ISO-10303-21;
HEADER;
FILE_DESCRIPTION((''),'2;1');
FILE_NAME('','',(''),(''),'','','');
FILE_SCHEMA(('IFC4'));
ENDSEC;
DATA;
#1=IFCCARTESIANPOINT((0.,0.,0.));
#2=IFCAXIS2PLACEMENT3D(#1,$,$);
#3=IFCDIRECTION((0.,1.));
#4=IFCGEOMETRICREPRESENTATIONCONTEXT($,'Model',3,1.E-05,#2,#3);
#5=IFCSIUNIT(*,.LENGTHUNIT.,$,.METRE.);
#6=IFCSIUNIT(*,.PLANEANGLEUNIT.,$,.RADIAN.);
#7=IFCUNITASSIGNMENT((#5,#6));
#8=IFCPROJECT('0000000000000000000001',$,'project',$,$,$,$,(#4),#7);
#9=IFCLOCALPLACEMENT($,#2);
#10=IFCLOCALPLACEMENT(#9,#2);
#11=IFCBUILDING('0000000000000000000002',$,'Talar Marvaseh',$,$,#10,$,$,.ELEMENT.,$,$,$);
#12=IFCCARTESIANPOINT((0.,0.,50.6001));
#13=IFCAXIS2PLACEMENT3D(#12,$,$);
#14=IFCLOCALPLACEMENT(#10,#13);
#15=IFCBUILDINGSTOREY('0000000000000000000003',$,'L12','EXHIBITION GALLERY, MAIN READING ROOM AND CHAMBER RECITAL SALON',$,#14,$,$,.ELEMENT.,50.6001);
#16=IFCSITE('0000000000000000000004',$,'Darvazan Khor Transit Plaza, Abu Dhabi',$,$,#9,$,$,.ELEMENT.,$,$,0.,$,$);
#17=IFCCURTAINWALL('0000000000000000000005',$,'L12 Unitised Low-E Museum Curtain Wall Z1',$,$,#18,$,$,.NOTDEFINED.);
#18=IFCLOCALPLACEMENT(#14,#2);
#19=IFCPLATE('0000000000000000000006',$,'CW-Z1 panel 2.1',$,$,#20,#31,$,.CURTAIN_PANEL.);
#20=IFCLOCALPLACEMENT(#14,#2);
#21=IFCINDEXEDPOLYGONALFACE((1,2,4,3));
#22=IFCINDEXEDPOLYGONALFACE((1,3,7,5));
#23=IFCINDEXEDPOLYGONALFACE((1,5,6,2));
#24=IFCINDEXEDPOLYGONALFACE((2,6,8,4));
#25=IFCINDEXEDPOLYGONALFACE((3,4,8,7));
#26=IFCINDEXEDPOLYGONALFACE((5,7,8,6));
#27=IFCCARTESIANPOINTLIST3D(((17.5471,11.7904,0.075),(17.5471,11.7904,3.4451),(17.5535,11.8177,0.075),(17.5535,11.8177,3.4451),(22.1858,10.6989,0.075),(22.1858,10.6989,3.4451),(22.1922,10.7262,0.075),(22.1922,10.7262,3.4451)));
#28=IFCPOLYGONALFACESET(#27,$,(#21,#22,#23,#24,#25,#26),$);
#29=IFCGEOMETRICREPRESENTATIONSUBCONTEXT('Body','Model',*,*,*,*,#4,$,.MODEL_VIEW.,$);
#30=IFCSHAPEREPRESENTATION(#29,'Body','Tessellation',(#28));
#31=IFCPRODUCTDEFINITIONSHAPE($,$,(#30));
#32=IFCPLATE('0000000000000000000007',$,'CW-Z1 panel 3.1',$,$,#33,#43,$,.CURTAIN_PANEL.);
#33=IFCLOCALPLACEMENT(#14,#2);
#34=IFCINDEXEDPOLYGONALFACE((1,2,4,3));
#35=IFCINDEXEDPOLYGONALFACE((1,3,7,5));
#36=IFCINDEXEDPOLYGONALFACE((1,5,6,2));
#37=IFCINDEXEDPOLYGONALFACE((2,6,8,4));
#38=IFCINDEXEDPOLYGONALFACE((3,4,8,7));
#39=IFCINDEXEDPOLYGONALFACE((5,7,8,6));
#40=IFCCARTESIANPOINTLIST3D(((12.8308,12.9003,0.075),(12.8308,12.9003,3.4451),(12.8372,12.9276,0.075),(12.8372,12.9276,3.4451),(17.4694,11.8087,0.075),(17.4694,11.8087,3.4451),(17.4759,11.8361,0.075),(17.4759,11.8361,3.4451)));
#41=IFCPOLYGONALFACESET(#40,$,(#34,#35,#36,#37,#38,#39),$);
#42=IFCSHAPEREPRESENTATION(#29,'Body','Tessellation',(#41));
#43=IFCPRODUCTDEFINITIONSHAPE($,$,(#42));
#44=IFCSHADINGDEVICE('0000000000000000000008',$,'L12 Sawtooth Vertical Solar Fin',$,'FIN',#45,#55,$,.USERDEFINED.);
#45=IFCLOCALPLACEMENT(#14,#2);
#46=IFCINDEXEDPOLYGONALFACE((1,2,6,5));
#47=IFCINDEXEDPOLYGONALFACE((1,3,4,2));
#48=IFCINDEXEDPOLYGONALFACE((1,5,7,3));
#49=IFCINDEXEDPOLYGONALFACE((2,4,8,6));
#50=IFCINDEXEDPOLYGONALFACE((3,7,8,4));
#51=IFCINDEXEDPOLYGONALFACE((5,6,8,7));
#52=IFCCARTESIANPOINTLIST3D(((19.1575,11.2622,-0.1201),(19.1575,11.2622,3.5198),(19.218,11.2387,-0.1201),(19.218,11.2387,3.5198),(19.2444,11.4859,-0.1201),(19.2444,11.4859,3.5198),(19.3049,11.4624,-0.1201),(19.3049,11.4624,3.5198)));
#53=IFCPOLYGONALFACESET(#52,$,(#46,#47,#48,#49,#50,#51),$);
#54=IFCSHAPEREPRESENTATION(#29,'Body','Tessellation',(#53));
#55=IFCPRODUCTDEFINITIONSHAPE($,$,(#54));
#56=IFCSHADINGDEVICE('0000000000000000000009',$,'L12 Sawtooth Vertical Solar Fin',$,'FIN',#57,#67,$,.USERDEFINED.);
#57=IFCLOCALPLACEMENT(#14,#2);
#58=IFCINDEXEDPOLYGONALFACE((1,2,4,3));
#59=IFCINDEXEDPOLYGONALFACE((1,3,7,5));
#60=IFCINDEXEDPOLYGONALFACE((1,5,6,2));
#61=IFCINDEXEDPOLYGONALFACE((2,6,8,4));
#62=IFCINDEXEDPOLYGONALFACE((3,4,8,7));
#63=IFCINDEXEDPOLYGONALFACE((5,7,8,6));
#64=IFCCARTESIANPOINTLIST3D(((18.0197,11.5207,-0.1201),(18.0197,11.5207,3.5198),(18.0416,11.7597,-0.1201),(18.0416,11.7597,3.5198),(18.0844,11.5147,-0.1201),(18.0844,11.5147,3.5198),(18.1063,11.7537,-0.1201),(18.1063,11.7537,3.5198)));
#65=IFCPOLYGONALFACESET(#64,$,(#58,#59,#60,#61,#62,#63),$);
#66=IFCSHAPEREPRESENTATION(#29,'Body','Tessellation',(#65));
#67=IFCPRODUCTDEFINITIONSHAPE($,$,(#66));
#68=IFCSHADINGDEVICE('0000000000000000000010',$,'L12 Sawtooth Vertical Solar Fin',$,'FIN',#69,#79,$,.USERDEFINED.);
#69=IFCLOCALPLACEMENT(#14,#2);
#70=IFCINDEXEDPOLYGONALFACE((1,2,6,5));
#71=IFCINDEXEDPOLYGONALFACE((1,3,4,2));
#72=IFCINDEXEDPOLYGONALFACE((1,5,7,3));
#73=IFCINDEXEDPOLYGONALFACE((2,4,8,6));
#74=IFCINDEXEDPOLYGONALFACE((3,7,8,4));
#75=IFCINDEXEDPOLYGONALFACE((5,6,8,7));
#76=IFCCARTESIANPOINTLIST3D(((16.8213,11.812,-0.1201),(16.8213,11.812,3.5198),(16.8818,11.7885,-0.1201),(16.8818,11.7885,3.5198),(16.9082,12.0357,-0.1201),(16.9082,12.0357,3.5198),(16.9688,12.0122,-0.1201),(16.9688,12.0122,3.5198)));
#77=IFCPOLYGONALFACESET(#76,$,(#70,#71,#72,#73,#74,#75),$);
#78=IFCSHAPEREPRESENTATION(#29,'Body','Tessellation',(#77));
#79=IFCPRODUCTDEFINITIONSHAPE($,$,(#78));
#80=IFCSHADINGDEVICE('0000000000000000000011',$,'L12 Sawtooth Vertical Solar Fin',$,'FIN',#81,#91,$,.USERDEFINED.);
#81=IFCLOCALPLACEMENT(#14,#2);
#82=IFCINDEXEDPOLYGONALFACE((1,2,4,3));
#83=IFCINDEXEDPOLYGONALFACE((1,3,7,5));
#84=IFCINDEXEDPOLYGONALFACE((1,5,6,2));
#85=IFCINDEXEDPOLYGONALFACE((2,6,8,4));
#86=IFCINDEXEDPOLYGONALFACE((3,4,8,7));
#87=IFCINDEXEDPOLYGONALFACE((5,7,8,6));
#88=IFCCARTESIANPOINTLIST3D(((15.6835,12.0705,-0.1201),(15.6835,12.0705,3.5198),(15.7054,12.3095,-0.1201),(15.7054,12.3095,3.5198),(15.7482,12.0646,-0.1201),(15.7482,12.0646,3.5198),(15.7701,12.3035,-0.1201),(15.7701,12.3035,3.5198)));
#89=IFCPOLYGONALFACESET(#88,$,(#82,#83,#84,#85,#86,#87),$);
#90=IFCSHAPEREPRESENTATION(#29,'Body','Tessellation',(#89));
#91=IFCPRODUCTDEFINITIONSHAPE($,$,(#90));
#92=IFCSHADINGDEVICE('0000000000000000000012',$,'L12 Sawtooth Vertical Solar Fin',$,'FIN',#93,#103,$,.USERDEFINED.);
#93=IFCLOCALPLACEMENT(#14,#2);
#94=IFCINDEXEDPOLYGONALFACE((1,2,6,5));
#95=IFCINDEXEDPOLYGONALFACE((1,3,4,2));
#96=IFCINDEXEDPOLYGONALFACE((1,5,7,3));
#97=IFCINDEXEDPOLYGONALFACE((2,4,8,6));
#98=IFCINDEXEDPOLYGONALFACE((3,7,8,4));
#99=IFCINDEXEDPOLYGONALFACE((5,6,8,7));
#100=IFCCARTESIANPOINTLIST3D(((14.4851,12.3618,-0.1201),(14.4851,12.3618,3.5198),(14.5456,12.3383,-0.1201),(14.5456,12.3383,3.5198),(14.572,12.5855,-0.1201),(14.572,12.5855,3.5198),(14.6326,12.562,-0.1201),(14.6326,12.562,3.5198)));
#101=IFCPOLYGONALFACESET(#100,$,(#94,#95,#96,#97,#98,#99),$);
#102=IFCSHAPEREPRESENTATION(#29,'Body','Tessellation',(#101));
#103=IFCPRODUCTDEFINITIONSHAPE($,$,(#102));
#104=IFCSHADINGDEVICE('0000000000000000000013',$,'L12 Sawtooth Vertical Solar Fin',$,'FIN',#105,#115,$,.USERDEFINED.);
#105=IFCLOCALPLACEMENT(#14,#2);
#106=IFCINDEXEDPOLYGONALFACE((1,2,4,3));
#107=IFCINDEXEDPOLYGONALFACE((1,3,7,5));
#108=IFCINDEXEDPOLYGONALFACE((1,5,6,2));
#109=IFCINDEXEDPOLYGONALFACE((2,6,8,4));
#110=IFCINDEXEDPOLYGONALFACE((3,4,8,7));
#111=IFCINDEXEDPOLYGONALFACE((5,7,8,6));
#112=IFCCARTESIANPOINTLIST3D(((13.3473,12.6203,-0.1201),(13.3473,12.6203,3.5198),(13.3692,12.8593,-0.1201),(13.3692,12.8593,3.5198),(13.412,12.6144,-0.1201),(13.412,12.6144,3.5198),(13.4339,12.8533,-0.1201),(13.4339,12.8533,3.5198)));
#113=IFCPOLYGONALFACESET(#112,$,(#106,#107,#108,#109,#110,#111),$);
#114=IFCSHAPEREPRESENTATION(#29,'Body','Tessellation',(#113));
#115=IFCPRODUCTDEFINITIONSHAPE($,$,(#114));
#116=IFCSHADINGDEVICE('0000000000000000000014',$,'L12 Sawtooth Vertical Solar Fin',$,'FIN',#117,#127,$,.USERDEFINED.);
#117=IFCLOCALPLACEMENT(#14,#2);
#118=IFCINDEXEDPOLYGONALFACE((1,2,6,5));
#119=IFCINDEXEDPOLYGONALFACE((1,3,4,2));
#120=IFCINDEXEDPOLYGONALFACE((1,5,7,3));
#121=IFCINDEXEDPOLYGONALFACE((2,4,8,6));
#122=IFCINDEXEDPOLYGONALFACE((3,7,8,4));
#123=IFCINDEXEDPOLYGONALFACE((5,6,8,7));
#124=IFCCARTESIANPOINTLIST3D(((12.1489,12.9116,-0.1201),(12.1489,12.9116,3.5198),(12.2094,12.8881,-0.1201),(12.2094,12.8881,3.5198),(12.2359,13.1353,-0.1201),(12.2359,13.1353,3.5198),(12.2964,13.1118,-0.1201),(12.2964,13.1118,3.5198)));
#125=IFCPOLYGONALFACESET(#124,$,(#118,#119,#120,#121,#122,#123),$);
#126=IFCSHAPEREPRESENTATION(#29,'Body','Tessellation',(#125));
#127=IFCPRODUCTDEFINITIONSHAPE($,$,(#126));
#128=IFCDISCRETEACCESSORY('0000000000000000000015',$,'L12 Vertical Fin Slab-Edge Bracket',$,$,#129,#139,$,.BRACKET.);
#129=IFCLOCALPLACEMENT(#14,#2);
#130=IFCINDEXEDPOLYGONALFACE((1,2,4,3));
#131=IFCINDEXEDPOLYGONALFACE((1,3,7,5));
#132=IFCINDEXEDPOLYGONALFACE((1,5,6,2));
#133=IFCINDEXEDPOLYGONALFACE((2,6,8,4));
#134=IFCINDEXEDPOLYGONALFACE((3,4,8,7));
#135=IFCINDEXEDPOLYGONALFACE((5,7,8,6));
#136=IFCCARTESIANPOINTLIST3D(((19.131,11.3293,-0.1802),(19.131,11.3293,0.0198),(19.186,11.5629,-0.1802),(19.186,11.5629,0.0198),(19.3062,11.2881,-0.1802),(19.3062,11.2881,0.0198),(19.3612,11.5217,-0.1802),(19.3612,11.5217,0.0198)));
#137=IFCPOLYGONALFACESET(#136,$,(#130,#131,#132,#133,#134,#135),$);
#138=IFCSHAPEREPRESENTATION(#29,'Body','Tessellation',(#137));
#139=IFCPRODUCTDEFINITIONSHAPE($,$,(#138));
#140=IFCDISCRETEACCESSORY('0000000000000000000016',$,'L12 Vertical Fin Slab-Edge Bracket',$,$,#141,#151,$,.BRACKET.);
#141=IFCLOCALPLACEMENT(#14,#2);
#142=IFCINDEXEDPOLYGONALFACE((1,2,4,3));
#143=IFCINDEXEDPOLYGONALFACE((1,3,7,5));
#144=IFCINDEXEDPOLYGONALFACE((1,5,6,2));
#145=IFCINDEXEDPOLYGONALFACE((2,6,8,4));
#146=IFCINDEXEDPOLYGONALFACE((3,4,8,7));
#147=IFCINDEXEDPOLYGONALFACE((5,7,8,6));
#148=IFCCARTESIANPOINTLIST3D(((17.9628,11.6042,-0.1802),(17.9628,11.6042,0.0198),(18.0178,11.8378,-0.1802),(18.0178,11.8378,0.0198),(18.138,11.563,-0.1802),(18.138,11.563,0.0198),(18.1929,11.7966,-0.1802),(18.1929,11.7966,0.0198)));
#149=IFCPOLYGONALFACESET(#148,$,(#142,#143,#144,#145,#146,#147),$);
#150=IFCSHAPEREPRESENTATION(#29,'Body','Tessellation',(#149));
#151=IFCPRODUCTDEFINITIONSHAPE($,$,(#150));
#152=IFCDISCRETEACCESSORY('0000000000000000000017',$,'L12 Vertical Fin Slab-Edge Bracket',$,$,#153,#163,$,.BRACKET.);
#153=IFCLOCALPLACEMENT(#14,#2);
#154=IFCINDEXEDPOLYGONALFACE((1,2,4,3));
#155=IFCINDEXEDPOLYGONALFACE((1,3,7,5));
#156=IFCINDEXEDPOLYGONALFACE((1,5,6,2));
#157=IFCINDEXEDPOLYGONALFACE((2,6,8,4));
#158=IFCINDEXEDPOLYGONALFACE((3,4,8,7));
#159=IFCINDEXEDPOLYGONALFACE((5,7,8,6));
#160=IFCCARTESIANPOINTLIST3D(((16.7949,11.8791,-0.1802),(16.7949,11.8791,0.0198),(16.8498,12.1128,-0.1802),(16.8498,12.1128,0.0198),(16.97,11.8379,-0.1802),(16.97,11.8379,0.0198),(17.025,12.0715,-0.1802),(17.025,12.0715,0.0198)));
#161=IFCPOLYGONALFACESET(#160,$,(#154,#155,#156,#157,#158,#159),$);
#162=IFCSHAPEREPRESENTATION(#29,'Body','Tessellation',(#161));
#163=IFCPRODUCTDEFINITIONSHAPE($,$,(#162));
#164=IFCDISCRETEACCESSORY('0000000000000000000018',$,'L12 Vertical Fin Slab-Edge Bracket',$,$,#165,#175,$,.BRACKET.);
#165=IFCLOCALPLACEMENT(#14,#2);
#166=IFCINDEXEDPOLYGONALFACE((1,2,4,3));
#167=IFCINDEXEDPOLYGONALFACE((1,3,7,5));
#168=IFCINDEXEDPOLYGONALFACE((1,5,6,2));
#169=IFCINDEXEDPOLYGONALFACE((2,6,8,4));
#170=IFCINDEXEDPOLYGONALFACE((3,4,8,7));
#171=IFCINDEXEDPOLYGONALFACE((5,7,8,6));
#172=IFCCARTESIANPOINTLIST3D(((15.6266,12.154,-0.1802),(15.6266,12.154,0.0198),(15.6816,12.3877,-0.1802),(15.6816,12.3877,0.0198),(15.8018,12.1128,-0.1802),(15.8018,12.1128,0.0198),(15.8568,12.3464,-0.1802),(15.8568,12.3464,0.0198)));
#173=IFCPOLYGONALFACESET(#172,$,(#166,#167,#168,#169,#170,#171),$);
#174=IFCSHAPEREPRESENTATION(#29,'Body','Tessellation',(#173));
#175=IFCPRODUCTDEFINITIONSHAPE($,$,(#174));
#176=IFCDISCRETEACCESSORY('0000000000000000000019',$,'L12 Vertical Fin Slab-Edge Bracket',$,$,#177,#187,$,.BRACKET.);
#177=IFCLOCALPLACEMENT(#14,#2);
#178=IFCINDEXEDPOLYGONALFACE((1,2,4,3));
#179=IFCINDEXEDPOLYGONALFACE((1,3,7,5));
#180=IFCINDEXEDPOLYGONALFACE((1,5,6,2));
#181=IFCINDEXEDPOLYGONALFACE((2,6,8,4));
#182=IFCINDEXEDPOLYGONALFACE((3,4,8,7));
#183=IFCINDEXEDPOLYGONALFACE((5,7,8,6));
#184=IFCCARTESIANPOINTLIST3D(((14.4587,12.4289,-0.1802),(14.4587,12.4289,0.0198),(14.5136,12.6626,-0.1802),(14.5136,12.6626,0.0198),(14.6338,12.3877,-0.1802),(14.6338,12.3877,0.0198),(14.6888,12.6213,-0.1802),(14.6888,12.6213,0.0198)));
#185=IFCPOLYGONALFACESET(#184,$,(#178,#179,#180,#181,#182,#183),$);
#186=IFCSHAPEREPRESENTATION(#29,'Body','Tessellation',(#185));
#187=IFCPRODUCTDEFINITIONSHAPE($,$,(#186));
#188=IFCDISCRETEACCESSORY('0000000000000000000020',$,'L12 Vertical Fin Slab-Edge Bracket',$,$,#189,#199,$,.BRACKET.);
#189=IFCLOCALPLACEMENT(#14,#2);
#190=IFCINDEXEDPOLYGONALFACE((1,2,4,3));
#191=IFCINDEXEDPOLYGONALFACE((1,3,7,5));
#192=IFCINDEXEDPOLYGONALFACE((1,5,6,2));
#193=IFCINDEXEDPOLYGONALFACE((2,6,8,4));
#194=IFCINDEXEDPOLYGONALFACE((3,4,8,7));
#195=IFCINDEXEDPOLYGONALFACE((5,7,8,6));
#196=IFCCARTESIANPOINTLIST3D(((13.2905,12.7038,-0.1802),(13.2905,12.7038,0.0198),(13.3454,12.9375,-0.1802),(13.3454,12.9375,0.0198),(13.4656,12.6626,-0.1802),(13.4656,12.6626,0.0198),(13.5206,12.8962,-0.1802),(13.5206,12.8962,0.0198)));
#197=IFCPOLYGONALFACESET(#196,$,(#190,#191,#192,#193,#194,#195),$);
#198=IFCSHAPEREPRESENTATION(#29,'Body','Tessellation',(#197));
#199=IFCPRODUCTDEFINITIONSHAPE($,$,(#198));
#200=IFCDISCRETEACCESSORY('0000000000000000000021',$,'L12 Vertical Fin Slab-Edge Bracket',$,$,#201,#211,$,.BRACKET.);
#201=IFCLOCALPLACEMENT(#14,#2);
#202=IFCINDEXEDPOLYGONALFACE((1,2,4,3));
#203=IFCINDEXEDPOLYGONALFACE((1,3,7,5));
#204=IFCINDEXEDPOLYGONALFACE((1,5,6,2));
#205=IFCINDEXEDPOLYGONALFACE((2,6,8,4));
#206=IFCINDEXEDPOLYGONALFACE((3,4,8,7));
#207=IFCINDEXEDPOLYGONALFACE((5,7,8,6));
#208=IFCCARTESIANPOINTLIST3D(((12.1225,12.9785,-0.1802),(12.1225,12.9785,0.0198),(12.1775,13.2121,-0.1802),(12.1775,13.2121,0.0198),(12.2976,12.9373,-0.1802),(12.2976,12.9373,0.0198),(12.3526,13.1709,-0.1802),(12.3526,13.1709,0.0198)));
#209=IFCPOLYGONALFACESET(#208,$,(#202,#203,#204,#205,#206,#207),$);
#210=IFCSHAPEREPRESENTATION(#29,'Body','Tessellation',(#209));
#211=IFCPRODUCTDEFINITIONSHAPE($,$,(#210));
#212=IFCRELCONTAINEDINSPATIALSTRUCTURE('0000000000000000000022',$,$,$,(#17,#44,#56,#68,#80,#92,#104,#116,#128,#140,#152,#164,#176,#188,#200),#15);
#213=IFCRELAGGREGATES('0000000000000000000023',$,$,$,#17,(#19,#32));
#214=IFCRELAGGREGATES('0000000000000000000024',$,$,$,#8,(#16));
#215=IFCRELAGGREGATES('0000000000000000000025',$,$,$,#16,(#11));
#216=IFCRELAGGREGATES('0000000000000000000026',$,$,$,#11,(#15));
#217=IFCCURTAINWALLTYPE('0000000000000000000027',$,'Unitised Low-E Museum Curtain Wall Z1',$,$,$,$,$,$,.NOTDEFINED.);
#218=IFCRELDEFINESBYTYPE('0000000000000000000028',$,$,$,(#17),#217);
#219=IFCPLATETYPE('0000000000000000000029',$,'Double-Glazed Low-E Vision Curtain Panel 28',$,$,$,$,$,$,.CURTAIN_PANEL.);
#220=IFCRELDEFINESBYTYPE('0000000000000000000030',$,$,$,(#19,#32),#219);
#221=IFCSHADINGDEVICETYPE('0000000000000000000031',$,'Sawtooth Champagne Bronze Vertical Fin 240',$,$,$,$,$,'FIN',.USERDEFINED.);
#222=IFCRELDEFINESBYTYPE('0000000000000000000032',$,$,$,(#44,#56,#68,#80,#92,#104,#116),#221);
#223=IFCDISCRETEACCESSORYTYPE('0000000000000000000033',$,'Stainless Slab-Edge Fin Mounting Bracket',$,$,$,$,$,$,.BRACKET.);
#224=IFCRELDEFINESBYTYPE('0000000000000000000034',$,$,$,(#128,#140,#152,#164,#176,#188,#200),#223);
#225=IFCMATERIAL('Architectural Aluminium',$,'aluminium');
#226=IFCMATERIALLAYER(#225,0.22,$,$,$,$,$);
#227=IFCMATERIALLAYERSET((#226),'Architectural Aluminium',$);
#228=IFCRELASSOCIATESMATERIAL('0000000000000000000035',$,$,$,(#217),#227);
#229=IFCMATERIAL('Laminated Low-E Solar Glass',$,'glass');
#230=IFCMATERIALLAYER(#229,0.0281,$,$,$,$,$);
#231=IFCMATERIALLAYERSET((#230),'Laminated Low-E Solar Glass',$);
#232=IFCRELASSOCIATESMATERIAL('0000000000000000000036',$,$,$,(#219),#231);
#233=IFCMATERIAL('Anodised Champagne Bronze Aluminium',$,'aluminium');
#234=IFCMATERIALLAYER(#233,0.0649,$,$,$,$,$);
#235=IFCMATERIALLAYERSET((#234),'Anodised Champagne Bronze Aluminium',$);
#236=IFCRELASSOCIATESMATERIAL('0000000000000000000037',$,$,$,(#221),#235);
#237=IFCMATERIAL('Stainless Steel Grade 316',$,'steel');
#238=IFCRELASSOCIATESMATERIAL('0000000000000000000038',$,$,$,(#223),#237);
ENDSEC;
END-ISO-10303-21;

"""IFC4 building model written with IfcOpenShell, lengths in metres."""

from ifc_helpers import new_model, si_unit, direction, frame, origin, origin_2d, place, context, subcontext, project, spatial, rectangle, extrude, source, transform, mapped, material, layer, layer_set, type_object, type_shapes, element, aggregate, save


model = new_model("IFC4")

# Units and contexts
model_context = context("Model", 3, precision=1e-05, world=origin(), true_north=direction((0.0, 1.0)))
body_context = subcontext(model_context, "Body", "Model", "MODEL_VIEW")
ifc_project = project(units=[si_unit("LENGTHUNIT", "METRE"), si_unit("PLANEANGLEUNIT", "RADIAN")], contexts=[model_context])

# Site, building, storey
site_placement = place(None, origin())
site = spatial("IfcSite", under=ifc_project, at=site_placement, Name="Darvazan Khor Transit Plaza, Abu Dhabi", CompositionType="ELEMENT", RefElevation=0.0)
building_placement = place(site_placement, origin())
building = spatial("IfcBuilding", under=site, at=building_placement, Name="Talar Marvaseh", CompositionType="ELEMENT")
storey_placement = place(building_placement, frame((0.0, 0.0, 50.6001)))
storey = spatial("IfcBuildingStorey", under=building, at=storey_placement, Name="L12", Description="EXHIBITION GALLERY, MAIN READING ROOM AND CHAMBER RECITAL SALON", CompositionType="ELEMENT", Elevation=50.6001)

# Curtain wall, plates
ifc_material_1 = material(Name="Architectural Aluminium", Category="aluminium")
ifc_layer_1 = layer(ifc_material_1, 0.22)
ifc_layer_set_1 = layer_set([ifc_layer_1], Name="Architectural Aluminium")
curtain_wall_type = type_object("IfcCurtainWallType", Name="Unitised Low-E Museum Curtain Wall Z1", PredefinedType="NOTDEFINED", material=ifc_layer_set_1)
curtain_wall_placement = place(storey_placement, origin())
curtain_wall = element("IfcCurtainWall", 1, at=curtain_wall_placement, inside=storey, type_object=curtain_wall_type, Name="L12 Unitised Low-E Museum Curtain Wall Z1", PredefinedType="NOTDEFINED")
ifc_material_2 = material(Name="Laminated Low-E Solar Glass", Category="glass")
ifc_layer_2 = layer(ifc_material_2, 0.0281)
ifc_layer_set_2 = layer_set([ifc_layer_2], Name="Laminated Low-E Solar Glass")
plate_type = type_object("IfcPlateType", Name="Double-Glazed Low-E Vision Curtain Panel 28", PredefinedType="CURTAIN_PANEL", material=ifc_layer_set_2)
shared_shape_1 = source(origin(), body_context, "Body", "SweptSolid", [
    extrude(rectangle(XDim=4.7654, YDim=0.0281, at=origin_2d()), origin(), (0.0, 0.0, 1.0), 3.3701),
])
type_shapes(plate_type, [shared_shape_1])
plate_1_placement = place(storey_placement, frame((19.8696, 11.2583, 0.075), z_axis=(0.0, 0.0, 1.0), x_axis=(-0.973414, 0.229053, 0.0)))
plate_1 = element("IfcPlate", 2, at=plate_1_placement, type_object=plate_type, Name="CW-Z1 panel 2.1", PredefinedType="CURTAIN_PANEL", context=body_context, shape_type="MappedRepresentation", body=[
    mapped(shared_shape_1, transform((0.0, 0.0, 0.0), x_axis=(1.0, 0.0, 0.0), y_axis=(0.0, 1.0, 0.0), z_axis=(0.0, 0.0, 1.0), scale=1.0)),
])
plate_2_placement = place(storey_placement, frame((15.1533, 12.3682, 0.075), z_axis=(0.0, 0.0, 1.0), x_axis=(-0.973414, 0.229053, 0.0)))
plate_2 = element("IfcPlate", 3, at=plate_2_placement, type_object=plate_type, Name="CW-Z1 panel 3.1", PredefinedType="CURTAIN_PANEL", context=body_context, shape_type="MappedRepresentation", body=[
    mapped(shared_shape_1, transform((0.0, 0.0, 0.0), x_axis=(1.0, 0.0, 0.0), y_axis=(0.0, 1.0, 0.0), z_axis=(0.0, 0.0, 1.0), scale=1.0)),
])
aggregate(curtain_wall, [plate_1, plate_2])

# Shading devices
ifc_material_3 = material(Name="Anodised Champagne Bronze Aluminium", Category="aluminium")
ifc_layer_3 = layer(ifc_material_3, 0.0649)
ifc_layer_set_3 = layer_set([ifc_layer_3], Name="Anodised Champagne Bronze Aluminium")
shading_device_type = type_object("IfcShadingDeviceType", Name="Sawtooth Champagne Bronze Vertical Fin 240", ElementType="FIN", PredefinedType="USERDEFINED", material=ifc_layer_set_3)
shared_shape_2 = source(origin(), body_context, "Body", "SweptSolid", [
    extrude(rectangle(XDim=0.24, YDim=0.0649, at=origin_2d()), origin(), (0.0, 0.0, 1.0), 3.6399),
])
type_shapes(shading_device_type, [shared_shape_2])
for number, where, z_axis, x_axis, name in (
    (4, (19.2312, 11.3623, -0.1201), (0.0, 0.0, 1.0), (-0.362275, -0.932071, 0.0), "L12 Sawtooth Vertical Solar Fin"),
    (5, (18.063, 11.6372, -0.1201), (0.0, 0.0, 1.0), (-0.091328, -0.995821, 0.0), "L12 Sawtooth Vertical Solar Fin"),
    (6, (16.895, 11.9121, -0.1201), (0.0, 0.0, 1.0), (-0.362275, -0.932071, 0.0), "L12 Sawtooth Vertical Solar Fin"),
    (7, (15.7268, 12.187, -0.1201), (0.0, 0.0, 1.0), (-0.091328, -0.995821, 0.0), "L12 Sawtooth Vertical Solar Fin"),
    (8, (14.5588, 12.4619, -0.1201), (0.0, 0.0, 1.0), (-0.362275, -0.932071, 0.0), "L12 Sawtooth Vertical Solar Fin"),
    (9, (13.3906, 12.7368, -0.1201), (0.0, 0.0, 1.0), (-0.091328, -0.995821, 0.0), "L12 Sawtooth Vertical Solar Fin"),
    (10, (12.2227, 13.0117, -0.1201), (0.0, 0.0, 1.0), (-0.362275, -0.932071, 0.0), "L12 Sawtooth Vertical Solar Fin"),
):
    element("IfcShadingDevice", number, at=place(storey_placement, frame(where, z_axis=z_axis, x_axis=x_axis)), inside=storey, type_object=shading_device_type, Name=name, ObjectType="FIN", PredefinedType="USERDEFINED", context=body_context, shape_type="MappedRepresentation", body=[
        mapped(shared_shape_2, transform((0.0, 0.0, 0.0), x_axis=(1.0, 0.0, 0.0), y_axis=(0.0, 1.0, 0.0), z_axis=(0.0, 0.0, 1.0), scale=1.0)),
    ])

# Discrete accessories
ifc_material_4 = material(Name="Stainless Steel Grade 316", Category="steel")
discrete_accessory_type = type_object("IfcDiscreteAccessoryType", Name="Stainless Slab-Edge Fin Mounting Bracket", PredefinedType="BRACKET", material=ifc_material_4)
shared_shape_3 = source(origin(), body_context, "Body", "SweptSolid", [
    extrude(rectangle(XDim=0.24, YDim=0.1799, at=origin_2d()), origin(), (0.0, 0.0, 1.0), 0.2),
])
type_shapes(discrete_accessory_type, [shared_shape_3])
for number, where, z_axis, x_axis, name in (
    (11, (19.2461, 11.4255, -0.1802), (0.0, 0.0, 1.0), (-0.229031, -0.973419, 0.0), "L12 Vertical Fin Slab-Edge Bracket"),
    (12, (18.0779, 11.7004, -0.1802), (0.0, 0.0, 1.0), (-0.229031, -0.973419, 0.0), "L12 Vertical Fin Slab-Edge Bracket"),
    (13, (16.9099, 11.9753, -0.1802), (0.0, 0.0, 1.0), (-0.229031, -0.973419, 0.0), "L12 Vertical Fin Slab-Edge Bracket"),
    (14, (15.7417, 12.2502, -0.1802), (0.0, 0.0, 1.0), (-0.229031, -0.973419, 0.0), "L12 Vertical Fin Slab-Edge Bracket"),
    (15, (14.5737, 12.5251, -0.1802), (0.0, 0.0, 1.0), (-0.229031, -0.973419, 0.0), "L12 Vertical Fin Slab-Edge Bracket"),
    (16, (13.4055, 12.8, -0.1802), (0.0, 0.0, 1.0), (-0.229031, -0.973419, 0.0), "L12 Vertical Fin Slab-Edge Bracket"),
    (17, (12.2375, 13.0747, -0.1802), (0.0, 0.0, 1.0), (-0.229031, -0.973419, 0.0), "L12 Vertical Fin Slab-Edge Bracket"),
):
    element("IfcDiscreteAccessory", number, at=place(storey_placement, frame(where, z_axis=z_axis, x_axis=x_axis)), inside=storey, type_object=discrete_accessory_type, Name=name, PredefinedType="BRACKET", context=body_context, shape_type="MappedRepresentation", body=[
        mapped(shared_shape_3, transform((0.0, 0.0, 0.0), x_axis=(1.0, 0.0, 0.0), y_axis=(0.0, 1.0, 0.0), z_axis=(0.0, 0.0, 1.0), scale=1.0)),
    ])

save(model, "model.ifc")
